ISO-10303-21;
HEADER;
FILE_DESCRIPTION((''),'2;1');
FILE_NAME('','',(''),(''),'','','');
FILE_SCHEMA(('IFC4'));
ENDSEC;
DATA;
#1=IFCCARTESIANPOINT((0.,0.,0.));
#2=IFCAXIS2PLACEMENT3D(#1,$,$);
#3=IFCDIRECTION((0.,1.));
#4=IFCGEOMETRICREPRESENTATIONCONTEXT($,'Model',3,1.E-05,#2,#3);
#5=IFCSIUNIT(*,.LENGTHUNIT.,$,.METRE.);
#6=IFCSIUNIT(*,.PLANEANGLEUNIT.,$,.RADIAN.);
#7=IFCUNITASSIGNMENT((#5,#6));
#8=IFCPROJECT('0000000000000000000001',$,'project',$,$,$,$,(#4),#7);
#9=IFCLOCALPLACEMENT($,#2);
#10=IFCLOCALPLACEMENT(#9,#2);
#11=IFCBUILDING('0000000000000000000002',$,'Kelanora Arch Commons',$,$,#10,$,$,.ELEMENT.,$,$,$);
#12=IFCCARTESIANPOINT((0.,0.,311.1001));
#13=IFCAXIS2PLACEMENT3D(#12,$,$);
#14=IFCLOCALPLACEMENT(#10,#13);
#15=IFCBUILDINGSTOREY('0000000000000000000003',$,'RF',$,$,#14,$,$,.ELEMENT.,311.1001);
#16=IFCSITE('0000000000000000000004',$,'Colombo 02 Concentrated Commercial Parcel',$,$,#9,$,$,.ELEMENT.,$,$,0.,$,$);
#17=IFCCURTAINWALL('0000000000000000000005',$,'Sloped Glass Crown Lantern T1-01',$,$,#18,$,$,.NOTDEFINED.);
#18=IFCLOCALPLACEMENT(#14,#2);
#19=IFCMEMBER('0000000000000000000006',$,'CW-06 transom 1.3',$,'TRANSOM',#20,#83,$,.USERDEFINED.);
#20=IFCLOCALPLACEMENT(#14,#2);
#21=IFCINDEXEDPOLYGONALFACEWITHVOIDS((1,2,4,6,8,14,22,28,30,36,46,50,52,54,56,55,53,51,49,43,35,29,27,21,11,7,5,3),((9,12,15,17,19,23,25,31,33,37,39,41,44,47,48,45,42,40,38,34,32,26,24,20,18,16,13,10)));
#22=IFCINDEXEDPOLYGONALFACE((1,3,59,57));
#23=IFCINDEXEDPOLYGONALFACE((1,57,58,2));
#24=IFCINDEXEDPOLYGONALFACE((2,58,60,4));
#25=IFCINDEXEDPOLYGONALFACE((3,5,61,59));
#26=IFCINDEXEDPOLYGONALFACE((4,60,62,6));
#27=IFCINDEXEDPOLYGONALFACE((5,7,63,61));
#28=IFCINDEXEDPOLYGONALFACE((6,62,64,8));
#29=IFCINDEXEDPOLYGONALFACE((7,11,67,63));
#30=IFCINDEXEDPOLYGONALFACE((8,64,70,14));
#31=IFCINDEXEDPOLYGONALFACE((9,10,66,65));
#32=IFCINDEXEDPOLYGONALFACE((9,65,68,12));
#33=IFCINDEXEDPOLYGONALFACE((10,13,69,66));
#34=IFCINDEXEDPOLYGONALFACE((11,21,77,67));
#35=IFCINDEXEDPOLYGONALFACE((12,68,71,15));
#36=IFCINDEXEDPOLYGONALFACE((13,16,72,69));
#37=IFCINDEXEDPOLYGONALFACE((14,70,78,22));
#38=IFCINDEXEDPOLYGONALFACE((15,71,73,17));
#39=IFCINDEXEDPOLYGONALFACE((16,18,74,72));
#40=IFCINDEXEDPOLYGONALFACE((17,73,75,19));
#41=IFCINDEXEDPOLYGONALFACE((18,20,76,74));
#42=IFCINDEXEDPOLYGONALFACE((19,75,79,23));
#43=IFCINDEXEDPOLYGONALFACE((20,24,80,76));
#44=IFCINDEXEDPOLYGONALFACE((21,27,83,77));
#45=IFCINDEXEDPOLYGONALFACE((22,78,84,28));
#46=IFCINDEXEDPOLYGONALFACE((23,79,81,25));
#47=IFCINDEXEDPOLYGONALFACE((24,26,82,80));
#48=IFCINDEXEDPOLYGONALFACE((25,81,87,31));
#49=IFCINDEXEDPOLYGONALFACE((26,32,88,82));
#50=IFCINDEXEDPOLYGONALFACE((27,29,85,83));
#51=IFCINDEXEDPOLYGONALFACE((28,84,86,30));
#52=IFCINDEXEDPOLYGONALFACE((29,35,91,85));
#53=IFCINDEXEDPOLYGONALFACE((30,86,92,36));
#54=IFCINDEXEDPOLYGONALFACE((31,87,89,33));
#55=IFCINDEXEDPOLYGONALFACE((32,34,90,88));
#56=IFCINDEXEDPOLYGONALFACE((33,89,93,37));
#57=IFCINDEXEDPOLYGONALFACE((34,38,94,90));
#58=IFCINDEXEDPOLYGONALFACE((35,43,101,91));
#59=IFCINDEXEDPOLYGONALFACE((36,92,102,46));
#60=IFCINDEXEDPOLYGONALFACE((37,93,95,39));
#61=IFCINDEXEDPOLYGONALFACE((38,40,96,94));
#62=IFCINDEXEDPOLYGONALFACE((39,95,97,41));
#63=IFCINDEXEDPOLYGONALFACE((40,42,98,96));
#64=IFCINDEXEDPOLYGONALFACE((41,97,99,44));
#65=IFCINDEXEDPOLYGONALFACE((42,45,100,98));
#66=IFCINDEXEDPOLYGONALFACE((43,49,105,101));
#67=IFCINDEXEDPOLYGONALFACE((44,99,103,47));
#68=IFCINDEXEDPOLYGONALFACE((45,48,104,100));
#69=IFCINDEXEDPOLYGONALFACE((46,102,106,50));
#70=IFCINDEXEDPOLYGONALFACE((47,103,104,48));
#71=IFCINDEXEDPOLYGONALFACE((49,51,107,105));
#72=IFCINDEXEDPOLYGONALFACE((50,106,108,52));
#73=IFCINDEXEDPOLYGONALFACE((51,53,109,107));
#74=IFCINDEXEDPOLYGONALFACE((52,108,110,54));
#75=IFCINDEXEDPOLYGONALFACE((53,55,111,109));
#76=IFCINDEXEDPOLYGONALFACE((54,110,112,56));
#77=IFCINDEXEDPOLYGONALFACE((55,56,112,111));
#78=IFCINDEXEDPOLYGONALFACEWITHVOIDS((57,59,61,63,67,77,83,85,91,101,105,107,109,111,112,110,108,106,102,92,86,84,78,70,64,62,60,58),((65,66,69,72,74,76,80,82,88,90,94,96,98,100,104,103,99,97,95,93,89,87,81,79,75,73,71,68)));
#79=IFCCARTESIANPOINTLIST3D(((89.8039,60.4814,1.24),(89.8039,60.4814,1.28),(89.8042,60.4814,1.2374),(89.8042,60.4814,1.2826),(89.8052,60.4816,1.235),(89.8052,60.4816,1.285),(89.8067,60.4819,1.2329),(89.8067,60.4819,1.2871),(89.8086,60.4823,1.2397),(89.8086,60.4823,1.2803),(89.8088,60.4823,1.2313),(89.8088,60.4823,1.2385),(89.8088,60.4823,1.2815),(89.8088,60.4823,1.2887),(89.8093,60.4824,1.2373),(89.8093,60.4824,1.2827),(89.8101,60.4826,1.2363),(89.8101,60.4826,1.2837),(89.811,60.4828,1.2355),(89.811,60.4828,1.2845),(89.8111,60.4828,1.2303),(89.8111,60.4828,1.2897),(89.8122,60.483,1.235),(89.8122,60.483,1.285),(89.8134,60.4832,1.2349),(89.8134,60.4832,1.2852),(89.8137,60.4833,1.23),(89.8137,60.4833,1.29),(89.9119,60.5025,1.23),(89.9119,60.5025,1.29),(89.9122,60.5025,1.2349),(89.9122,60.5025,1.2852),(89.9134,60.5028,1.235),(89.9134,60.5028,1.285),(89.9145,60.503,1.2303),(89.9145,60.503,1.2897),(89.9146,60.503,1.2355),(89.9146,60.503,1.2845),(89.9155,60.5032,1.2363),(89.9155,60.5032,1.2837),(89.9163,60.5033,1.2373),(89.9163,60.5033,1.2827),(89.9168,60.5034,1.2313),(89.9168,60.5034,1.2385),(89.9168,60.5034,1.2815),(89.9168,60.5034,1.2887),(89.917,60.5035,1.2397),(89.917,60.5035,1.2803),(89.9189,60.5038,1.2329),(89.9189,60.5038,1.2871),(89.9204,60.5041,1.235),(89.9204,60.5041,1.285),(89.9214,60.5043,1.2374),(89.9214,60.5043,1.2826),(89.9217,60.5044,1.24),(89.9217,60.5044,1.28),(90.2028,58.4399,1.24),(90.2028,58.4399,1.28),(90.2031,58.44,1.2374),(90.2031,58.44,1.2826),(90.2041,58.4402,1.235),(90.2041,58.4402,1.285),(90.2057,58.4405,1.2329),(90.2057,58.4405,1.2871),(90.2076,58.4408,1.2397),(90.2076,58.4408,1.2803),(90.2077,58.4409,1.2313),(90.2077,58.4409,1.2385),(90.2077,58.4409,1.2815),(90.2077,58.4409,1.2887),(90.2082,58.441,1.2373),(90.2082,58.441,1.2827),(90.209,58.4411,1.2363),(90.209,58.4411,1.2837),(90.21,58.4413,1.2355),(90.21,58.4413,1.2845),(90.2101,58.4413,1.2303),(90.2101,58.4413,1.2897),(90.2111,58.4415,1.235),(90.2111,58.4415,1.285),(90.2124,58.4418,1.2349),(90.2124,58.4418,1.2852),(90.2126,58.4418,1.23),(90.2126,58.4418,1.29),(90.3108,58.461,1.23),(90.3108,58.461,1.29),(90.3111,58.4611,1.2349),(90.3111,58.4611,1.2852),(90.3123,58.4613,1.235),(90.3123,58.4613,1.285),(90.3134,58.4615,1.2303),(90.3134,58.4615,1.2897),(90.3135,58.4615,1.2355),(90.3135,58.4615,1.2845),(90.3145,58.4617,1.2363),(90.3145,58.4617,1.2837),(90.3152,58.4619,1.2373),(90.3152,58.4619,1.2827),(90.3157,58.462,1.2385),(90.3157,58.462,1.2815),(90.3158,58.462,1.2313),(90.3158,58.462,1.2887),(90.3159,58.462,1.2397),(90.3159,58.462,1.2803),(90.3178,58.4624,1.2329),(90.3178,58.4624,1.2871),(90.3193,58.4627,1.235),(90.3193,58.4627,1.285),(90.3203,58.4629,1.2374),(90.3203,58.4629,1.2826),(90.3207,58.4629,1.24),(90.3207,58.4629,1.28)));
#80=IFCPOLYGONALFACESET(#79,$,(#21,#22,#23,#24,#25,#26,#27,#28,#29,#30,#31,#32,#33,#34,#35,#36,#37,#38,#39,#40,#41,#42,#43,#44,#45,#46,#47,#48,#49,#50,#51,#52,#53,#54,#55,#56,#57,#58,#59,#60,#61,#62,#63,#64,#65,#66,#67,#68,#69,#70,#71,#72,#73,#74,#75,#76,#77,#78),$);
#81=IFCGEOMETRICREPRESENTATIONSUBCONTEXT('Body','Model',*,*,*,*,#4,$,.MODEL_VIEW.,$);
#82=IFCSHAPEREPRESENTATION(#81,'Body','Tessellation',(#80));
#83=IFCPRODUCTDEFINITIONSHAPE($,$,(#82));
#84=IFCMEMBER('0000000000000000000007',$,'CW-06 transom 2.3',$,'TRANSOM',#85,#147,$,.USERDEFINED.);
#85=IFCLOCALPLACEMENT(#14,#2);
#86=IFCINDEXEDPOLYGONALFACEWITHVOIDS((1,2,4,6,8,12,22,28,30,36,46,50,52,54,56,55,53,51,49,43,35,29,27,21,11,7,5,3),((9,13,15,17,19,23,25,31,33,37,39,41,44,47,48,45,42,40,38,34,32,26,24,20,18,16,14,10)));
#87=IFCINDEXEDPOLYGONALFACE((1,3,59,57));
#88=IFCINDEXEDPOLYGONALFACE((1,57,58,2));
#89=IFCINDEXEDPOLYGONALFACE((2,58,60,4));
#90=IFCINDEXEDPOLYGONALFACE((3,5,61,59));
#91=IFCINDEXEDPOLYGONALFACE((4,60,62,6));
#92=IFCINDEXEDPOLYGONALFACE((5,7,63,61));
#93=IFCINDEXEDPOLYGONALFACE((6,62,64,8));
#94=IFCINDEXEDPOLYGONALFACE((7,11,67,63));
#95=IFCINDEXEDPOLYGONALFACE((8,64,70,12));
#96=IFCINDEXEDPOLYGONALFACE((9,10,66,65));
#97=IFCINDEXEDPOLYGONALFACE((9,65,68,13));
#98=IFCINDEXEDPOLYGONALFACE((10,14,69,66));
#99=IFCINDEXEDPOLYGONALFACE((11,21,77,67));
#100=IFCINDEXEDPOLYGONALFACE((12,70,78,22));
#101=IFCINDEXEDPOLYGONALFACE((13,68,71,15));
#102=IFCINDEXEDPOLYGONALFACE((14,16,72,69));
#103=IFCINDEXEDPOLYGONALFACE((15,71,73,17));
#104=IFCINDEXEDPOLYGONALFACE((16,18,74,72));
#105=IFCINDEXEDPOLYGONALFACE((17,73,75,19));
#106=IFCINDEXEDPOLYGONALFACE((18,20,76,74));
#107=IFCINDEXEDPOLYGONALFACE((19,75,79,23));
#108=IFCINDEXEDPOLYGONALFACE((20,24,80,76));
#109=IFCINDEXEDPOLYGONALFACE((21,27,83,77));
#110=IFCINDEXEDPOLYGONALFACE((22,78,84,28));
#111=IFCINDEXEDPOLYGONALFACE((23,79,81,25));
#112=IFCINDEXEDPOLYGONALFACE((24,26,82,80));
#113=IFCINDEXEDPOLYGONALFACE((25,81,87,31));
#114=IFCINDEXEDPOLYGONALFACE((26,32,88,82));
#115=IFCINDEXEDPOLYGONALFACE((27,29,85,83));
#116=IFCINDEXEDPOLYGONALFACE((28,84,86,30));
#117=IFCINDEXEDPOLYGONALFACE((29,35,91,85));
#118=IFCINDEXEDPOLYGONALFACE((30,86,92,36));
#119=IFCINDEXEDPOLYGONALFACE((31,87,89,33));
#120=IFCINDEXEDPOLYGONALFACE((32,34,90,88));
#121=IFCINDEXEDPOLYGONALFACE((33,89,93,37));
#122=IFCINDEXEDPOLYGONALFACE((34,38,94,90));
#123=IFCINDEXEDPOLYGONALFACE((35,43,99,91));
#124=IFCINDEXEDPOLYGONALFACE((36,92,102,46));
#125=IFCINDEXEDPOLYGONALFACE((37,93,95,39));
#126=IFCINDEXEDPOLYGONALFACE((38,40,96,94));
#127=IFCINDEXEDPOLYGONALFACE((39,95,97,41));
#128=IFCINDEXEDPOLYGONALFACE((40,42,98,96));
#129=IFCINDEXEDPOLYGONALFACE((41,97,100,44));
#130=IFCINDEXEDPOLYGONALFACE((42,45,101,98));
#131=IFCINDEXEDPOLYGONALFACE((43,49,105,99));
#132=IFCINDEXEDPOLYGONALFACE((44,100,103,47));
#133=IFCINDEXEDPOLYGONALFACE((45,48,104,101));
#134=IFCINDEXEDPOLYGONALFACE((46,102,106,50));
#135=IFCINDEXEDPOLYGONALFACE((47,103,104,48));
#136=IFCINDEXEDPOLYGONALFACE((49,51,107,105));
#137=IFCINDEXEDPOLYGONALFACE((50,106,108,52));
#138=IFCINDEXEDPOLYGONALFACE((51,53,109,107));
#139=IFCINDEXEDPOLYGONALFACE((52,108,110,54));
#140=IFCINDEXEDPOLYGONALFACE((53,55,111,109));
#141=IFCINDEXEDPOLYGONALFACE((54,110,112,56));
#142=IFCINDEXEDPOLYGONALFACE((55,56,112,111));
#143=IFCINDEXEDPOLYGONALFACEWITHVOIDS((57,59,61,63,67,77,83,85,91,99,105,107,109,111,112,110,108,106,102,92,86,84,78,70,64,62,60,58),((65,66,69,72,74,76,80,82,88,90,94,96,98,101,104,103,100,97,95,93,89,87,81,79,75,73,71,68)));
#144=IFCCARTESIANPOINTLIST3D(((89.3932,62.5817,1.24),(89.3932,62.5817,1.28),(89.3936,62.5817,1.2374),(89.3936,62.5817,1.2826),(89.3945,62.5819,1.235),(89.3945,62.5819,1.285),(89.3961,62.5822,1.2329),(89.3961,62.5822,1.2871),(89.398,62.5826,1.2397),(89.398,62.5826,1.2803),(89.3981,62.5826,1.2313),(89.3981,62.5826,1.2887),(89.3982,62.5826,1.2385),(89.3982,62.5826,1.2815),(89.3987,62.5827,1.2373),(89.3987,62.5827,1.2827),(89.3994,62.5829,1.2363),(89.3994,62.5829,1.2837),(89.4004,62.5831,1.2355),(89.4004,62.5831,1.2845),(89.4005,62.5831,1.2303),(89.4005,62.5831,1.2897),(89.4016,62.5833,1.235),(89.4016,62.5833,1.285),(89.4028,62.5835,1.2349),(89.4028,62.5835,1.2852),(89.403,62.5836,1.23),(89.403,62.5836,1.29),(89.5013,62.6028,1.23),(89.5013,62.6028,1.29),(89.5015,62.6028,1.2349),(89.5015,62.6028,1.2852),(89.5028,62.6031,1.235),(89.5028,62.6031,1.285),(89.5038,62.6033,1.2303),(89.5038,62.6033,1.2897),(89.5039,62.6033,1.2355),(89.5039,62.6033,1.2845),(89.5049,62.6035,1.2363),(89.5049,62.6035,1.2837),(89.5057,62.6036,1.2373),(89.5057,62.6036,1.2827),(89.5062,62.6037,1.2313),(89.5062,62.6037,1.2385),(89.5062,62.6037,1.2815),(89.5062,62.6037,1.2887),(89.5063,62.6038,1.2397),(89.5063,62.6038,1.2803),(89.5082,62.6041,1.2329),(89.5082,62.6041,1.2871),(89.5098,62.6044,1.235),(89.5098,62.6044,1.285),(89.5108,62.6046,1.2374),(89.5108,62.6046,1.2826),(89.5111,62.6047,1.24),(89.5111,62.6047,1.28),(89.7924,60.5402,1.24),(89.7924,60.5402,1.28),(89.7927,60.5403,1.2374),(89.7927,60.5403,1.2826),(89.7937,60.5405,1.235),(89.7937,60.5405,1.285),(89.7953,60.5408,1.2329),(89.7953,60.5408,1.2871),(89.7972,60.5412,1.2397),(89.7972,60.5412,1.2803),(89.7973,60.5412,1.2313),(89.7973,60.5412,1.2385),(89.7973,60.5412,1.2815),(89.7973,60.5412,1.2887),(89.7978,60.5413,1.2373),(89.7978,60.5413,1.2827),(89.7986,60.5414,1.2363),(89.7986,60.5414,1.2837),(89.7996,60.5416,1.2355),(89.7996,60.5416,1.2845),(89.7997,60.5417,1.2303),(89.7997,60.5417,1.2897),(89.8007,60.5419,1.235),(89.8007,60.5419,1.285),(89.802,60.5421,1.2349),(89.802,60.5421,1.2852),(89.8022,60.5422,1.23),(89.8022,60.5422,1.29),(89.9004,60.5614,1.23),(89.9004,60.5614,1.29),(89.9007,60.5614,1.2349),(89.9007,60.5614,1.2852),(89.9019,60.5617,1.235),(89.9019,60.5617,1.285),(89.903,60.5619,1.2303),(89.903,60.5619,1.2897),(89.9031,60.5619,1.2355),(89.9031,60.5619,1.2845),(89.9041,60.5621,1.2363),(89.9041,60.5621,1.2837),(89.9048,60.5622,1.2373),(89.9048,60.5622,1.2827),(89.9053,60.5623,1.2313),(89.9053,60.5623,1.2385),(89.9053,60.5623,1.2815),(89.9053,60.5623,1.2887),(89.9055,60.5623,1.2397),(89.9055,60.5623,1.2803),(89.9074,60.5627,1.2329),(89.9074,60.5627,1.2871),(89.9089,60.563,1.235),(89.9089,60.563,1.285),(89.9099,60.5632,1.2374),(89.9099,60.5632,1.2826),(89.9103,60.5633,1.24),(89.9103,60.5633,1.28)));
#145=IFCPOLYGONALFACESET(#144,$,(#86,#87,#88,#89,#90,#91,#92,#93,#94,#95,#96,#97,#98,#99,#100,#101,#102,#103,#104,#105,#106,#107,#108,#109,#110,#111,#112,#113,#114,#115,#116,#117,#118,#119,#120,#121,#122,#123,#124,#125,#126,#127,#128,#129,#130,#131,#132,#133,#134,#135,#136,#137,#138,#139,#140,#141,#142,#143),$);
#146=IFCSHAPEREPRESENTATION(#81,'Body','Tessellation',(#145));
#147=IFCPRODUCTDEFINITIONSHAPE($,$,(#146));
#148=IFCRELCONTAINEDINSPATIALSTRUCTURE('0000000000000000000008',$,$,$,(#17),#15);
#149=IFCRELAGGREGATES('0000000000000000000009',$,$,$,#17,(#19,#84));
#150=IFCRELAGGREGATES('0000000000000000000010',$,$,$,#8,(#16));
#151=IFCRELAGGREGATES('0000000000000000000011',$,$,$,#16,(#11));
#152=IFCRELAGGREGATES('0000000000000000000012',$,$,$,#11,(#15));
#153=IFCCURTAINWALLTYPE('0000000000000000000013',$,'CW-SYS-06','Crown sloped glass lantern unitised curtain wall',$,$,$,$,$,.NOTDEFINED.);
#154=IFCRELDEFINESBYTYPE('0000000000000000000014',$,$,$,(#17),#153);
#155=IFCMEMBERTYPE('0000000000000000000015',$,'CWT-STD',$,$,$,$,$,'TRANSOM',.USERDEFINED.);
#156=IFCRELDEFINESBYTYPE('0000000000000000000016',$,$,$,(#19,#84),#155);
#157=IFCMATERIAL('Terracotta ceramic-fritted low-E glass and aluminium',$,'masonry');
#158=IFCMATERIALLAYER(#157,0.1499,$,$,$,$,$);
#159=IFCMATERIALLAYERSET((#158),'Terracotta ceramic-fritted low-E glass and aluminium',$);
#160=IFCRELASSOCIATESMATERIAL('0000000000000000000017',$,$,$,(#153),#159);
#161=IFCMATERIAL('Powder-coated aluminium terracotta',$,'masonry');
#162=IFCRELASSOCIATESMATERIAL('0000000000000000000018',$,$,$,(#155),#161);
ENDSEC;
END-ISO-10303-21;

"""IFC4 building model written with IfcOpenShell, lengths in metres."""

from ifc_helpers import new_model, si_unit, direction, frame, origin, origin_2d, place, context, subcontext, project, spatial, hollow_rectangle, extrude, material, layer, layer_set, material_profile, profile_set, type_object, element, aggregate, save


model = new_model("IFC4")

# Units and contexts
model_context = context("Model", 3, precision=1e-05, world=origin(), true_north=direction((0.0, 1.0)))
body_context = subcontext(model_context, "Body", "Model", "MODEL_VIEW")
ifc_project = project(units=[si_unit("LENGTHUNIT", "METRE"), si_unit("PLANEANGLEUNIT", "RADIAN")], contexts=[model_context])

# Site, building, storey
site_placement = place(None, origin())
site = spatial("IfcSite", under=ifc_project, at=site_placement, Name="Colombo 02 Concentrated Commercial Parcel", CompositionType="ELEMENT", RefElevation=0.0)
building_placement = place(site_placement, origin())
building = spatial("IfcBuilding", under=site, at=building_placement, Name="Kelanora Arch Commons", CompositionType="ELEMENT")
storey_placement = place(building_placement, frame((0.0, 0.0, 311.1001)))
storey = spatial("IfcBuildingStorey", under=building, at=storey_placement, Name="RF", CompositionType="ELEMENT", Elevation=311.1001)

# Curtain wall, members
ifc_material_1 = material(Name="Terracotta ceramic-fritted low-E glass and aluminium", Category="masonry")
ifc_layer_1 = layer(ifc_material_1, 0.1499)
ifc_layer_set_1 = layer_set([ifc_layer_1], Name="Terracotta ceramic-fritted low-E glass and aluminium")
curtain_wall_type = type_object("IfcCurtainWallType", Name="CW-SYS-06", Description="Crown sloped glass lantern unitised curtain wall", PredefinedType="NOTDEFINED", material=ifc_layer_set_1)
curtain_wall_1_placement = place(storey_placement, origin())
curtain_wall_1 = element("IfcCurtainWall", 1, at=curtain_wall_1_placement, inside=storey, type_object=curtain_wall_type, Name="Sloped Glass Crown Lantern T1-01", PredefinedType="NOTDEFINED")
ifc_material_2 = material(Name="Powder-coated aluminium terracotta", Category="masonry")
ifc_material_profile_1 = material_profile(ifc_material_2, hollow_rectangle(XDim=0.1201, YDim=0.0601, WallThickness=0.0049, InnerFilletRadius=0.0049, OuterFilletRadius=0.01, at=origin_2d()), Name="CWT120x60")
ifc_profile_set_1 = profile_set([ifc_material_profile_1], Name="Powder-coated aluminium terracotta")
member_type_1 = type_object("IfcMemberType", Name="CWT-STD", ElementType="TRANSOM", PredefinedType="USERDEFINED", material=ifc_profile_set_1)
member_1_placement = place(storey_placement, frame((90.2617, 58.4514, 1.26), z_axis=(-0.191781, 0.981438, 0.0), x_axis=(-0.981438, -0.191781, 0.0)))
member_1 = element("IfcMember", 2, at=member_1_placement, type_object=member_type_1, Name="CW-06 transom 1.3", ObjectType="TRANSOM", PredefinedType="USERDEFINED", context=body_context, shape_type="SweptSolid", body=[
    extrude(hollow_rectangle(XDim=0.1201, YDim=0.0601, WallThickness=0.0049, InnerFilletRadius=0.0049, OuterFilletRadius=0.01, at=origin_2d()), origin(), (0.0, 0.0, 1.0), 2.0801),
])
member_2_placement = place(storey_placement, frame((89.8513, 60.5518, 1.26), z_axis=(-0.191894, 0.981416, 0.0), x_axis=(-0.981416, -0.191894, 0.0)))
member_2 = element("IfcMember", 3, at=member_2_placement, type_object=member_type_1, Name="CW-06 transom 2.3", ObjectType="TRANSOM", PredefinedType="USERDEFINED", context=body_context, shape_type="SweptSolid", body=[
    extrude(hollow_rectangle(XDim=0.1201, YDim=0.0601, WallThickness=0.0049, InnerFilletRadius=0.0049, OuterFilletRadius=0.01, at=origin_2d()), origin(), (0.0, 0.0, 1.0), 2.0801),
])
aggregate(curtain_wall_1, [member_1, member_2])

save(model, "model.ifc")
